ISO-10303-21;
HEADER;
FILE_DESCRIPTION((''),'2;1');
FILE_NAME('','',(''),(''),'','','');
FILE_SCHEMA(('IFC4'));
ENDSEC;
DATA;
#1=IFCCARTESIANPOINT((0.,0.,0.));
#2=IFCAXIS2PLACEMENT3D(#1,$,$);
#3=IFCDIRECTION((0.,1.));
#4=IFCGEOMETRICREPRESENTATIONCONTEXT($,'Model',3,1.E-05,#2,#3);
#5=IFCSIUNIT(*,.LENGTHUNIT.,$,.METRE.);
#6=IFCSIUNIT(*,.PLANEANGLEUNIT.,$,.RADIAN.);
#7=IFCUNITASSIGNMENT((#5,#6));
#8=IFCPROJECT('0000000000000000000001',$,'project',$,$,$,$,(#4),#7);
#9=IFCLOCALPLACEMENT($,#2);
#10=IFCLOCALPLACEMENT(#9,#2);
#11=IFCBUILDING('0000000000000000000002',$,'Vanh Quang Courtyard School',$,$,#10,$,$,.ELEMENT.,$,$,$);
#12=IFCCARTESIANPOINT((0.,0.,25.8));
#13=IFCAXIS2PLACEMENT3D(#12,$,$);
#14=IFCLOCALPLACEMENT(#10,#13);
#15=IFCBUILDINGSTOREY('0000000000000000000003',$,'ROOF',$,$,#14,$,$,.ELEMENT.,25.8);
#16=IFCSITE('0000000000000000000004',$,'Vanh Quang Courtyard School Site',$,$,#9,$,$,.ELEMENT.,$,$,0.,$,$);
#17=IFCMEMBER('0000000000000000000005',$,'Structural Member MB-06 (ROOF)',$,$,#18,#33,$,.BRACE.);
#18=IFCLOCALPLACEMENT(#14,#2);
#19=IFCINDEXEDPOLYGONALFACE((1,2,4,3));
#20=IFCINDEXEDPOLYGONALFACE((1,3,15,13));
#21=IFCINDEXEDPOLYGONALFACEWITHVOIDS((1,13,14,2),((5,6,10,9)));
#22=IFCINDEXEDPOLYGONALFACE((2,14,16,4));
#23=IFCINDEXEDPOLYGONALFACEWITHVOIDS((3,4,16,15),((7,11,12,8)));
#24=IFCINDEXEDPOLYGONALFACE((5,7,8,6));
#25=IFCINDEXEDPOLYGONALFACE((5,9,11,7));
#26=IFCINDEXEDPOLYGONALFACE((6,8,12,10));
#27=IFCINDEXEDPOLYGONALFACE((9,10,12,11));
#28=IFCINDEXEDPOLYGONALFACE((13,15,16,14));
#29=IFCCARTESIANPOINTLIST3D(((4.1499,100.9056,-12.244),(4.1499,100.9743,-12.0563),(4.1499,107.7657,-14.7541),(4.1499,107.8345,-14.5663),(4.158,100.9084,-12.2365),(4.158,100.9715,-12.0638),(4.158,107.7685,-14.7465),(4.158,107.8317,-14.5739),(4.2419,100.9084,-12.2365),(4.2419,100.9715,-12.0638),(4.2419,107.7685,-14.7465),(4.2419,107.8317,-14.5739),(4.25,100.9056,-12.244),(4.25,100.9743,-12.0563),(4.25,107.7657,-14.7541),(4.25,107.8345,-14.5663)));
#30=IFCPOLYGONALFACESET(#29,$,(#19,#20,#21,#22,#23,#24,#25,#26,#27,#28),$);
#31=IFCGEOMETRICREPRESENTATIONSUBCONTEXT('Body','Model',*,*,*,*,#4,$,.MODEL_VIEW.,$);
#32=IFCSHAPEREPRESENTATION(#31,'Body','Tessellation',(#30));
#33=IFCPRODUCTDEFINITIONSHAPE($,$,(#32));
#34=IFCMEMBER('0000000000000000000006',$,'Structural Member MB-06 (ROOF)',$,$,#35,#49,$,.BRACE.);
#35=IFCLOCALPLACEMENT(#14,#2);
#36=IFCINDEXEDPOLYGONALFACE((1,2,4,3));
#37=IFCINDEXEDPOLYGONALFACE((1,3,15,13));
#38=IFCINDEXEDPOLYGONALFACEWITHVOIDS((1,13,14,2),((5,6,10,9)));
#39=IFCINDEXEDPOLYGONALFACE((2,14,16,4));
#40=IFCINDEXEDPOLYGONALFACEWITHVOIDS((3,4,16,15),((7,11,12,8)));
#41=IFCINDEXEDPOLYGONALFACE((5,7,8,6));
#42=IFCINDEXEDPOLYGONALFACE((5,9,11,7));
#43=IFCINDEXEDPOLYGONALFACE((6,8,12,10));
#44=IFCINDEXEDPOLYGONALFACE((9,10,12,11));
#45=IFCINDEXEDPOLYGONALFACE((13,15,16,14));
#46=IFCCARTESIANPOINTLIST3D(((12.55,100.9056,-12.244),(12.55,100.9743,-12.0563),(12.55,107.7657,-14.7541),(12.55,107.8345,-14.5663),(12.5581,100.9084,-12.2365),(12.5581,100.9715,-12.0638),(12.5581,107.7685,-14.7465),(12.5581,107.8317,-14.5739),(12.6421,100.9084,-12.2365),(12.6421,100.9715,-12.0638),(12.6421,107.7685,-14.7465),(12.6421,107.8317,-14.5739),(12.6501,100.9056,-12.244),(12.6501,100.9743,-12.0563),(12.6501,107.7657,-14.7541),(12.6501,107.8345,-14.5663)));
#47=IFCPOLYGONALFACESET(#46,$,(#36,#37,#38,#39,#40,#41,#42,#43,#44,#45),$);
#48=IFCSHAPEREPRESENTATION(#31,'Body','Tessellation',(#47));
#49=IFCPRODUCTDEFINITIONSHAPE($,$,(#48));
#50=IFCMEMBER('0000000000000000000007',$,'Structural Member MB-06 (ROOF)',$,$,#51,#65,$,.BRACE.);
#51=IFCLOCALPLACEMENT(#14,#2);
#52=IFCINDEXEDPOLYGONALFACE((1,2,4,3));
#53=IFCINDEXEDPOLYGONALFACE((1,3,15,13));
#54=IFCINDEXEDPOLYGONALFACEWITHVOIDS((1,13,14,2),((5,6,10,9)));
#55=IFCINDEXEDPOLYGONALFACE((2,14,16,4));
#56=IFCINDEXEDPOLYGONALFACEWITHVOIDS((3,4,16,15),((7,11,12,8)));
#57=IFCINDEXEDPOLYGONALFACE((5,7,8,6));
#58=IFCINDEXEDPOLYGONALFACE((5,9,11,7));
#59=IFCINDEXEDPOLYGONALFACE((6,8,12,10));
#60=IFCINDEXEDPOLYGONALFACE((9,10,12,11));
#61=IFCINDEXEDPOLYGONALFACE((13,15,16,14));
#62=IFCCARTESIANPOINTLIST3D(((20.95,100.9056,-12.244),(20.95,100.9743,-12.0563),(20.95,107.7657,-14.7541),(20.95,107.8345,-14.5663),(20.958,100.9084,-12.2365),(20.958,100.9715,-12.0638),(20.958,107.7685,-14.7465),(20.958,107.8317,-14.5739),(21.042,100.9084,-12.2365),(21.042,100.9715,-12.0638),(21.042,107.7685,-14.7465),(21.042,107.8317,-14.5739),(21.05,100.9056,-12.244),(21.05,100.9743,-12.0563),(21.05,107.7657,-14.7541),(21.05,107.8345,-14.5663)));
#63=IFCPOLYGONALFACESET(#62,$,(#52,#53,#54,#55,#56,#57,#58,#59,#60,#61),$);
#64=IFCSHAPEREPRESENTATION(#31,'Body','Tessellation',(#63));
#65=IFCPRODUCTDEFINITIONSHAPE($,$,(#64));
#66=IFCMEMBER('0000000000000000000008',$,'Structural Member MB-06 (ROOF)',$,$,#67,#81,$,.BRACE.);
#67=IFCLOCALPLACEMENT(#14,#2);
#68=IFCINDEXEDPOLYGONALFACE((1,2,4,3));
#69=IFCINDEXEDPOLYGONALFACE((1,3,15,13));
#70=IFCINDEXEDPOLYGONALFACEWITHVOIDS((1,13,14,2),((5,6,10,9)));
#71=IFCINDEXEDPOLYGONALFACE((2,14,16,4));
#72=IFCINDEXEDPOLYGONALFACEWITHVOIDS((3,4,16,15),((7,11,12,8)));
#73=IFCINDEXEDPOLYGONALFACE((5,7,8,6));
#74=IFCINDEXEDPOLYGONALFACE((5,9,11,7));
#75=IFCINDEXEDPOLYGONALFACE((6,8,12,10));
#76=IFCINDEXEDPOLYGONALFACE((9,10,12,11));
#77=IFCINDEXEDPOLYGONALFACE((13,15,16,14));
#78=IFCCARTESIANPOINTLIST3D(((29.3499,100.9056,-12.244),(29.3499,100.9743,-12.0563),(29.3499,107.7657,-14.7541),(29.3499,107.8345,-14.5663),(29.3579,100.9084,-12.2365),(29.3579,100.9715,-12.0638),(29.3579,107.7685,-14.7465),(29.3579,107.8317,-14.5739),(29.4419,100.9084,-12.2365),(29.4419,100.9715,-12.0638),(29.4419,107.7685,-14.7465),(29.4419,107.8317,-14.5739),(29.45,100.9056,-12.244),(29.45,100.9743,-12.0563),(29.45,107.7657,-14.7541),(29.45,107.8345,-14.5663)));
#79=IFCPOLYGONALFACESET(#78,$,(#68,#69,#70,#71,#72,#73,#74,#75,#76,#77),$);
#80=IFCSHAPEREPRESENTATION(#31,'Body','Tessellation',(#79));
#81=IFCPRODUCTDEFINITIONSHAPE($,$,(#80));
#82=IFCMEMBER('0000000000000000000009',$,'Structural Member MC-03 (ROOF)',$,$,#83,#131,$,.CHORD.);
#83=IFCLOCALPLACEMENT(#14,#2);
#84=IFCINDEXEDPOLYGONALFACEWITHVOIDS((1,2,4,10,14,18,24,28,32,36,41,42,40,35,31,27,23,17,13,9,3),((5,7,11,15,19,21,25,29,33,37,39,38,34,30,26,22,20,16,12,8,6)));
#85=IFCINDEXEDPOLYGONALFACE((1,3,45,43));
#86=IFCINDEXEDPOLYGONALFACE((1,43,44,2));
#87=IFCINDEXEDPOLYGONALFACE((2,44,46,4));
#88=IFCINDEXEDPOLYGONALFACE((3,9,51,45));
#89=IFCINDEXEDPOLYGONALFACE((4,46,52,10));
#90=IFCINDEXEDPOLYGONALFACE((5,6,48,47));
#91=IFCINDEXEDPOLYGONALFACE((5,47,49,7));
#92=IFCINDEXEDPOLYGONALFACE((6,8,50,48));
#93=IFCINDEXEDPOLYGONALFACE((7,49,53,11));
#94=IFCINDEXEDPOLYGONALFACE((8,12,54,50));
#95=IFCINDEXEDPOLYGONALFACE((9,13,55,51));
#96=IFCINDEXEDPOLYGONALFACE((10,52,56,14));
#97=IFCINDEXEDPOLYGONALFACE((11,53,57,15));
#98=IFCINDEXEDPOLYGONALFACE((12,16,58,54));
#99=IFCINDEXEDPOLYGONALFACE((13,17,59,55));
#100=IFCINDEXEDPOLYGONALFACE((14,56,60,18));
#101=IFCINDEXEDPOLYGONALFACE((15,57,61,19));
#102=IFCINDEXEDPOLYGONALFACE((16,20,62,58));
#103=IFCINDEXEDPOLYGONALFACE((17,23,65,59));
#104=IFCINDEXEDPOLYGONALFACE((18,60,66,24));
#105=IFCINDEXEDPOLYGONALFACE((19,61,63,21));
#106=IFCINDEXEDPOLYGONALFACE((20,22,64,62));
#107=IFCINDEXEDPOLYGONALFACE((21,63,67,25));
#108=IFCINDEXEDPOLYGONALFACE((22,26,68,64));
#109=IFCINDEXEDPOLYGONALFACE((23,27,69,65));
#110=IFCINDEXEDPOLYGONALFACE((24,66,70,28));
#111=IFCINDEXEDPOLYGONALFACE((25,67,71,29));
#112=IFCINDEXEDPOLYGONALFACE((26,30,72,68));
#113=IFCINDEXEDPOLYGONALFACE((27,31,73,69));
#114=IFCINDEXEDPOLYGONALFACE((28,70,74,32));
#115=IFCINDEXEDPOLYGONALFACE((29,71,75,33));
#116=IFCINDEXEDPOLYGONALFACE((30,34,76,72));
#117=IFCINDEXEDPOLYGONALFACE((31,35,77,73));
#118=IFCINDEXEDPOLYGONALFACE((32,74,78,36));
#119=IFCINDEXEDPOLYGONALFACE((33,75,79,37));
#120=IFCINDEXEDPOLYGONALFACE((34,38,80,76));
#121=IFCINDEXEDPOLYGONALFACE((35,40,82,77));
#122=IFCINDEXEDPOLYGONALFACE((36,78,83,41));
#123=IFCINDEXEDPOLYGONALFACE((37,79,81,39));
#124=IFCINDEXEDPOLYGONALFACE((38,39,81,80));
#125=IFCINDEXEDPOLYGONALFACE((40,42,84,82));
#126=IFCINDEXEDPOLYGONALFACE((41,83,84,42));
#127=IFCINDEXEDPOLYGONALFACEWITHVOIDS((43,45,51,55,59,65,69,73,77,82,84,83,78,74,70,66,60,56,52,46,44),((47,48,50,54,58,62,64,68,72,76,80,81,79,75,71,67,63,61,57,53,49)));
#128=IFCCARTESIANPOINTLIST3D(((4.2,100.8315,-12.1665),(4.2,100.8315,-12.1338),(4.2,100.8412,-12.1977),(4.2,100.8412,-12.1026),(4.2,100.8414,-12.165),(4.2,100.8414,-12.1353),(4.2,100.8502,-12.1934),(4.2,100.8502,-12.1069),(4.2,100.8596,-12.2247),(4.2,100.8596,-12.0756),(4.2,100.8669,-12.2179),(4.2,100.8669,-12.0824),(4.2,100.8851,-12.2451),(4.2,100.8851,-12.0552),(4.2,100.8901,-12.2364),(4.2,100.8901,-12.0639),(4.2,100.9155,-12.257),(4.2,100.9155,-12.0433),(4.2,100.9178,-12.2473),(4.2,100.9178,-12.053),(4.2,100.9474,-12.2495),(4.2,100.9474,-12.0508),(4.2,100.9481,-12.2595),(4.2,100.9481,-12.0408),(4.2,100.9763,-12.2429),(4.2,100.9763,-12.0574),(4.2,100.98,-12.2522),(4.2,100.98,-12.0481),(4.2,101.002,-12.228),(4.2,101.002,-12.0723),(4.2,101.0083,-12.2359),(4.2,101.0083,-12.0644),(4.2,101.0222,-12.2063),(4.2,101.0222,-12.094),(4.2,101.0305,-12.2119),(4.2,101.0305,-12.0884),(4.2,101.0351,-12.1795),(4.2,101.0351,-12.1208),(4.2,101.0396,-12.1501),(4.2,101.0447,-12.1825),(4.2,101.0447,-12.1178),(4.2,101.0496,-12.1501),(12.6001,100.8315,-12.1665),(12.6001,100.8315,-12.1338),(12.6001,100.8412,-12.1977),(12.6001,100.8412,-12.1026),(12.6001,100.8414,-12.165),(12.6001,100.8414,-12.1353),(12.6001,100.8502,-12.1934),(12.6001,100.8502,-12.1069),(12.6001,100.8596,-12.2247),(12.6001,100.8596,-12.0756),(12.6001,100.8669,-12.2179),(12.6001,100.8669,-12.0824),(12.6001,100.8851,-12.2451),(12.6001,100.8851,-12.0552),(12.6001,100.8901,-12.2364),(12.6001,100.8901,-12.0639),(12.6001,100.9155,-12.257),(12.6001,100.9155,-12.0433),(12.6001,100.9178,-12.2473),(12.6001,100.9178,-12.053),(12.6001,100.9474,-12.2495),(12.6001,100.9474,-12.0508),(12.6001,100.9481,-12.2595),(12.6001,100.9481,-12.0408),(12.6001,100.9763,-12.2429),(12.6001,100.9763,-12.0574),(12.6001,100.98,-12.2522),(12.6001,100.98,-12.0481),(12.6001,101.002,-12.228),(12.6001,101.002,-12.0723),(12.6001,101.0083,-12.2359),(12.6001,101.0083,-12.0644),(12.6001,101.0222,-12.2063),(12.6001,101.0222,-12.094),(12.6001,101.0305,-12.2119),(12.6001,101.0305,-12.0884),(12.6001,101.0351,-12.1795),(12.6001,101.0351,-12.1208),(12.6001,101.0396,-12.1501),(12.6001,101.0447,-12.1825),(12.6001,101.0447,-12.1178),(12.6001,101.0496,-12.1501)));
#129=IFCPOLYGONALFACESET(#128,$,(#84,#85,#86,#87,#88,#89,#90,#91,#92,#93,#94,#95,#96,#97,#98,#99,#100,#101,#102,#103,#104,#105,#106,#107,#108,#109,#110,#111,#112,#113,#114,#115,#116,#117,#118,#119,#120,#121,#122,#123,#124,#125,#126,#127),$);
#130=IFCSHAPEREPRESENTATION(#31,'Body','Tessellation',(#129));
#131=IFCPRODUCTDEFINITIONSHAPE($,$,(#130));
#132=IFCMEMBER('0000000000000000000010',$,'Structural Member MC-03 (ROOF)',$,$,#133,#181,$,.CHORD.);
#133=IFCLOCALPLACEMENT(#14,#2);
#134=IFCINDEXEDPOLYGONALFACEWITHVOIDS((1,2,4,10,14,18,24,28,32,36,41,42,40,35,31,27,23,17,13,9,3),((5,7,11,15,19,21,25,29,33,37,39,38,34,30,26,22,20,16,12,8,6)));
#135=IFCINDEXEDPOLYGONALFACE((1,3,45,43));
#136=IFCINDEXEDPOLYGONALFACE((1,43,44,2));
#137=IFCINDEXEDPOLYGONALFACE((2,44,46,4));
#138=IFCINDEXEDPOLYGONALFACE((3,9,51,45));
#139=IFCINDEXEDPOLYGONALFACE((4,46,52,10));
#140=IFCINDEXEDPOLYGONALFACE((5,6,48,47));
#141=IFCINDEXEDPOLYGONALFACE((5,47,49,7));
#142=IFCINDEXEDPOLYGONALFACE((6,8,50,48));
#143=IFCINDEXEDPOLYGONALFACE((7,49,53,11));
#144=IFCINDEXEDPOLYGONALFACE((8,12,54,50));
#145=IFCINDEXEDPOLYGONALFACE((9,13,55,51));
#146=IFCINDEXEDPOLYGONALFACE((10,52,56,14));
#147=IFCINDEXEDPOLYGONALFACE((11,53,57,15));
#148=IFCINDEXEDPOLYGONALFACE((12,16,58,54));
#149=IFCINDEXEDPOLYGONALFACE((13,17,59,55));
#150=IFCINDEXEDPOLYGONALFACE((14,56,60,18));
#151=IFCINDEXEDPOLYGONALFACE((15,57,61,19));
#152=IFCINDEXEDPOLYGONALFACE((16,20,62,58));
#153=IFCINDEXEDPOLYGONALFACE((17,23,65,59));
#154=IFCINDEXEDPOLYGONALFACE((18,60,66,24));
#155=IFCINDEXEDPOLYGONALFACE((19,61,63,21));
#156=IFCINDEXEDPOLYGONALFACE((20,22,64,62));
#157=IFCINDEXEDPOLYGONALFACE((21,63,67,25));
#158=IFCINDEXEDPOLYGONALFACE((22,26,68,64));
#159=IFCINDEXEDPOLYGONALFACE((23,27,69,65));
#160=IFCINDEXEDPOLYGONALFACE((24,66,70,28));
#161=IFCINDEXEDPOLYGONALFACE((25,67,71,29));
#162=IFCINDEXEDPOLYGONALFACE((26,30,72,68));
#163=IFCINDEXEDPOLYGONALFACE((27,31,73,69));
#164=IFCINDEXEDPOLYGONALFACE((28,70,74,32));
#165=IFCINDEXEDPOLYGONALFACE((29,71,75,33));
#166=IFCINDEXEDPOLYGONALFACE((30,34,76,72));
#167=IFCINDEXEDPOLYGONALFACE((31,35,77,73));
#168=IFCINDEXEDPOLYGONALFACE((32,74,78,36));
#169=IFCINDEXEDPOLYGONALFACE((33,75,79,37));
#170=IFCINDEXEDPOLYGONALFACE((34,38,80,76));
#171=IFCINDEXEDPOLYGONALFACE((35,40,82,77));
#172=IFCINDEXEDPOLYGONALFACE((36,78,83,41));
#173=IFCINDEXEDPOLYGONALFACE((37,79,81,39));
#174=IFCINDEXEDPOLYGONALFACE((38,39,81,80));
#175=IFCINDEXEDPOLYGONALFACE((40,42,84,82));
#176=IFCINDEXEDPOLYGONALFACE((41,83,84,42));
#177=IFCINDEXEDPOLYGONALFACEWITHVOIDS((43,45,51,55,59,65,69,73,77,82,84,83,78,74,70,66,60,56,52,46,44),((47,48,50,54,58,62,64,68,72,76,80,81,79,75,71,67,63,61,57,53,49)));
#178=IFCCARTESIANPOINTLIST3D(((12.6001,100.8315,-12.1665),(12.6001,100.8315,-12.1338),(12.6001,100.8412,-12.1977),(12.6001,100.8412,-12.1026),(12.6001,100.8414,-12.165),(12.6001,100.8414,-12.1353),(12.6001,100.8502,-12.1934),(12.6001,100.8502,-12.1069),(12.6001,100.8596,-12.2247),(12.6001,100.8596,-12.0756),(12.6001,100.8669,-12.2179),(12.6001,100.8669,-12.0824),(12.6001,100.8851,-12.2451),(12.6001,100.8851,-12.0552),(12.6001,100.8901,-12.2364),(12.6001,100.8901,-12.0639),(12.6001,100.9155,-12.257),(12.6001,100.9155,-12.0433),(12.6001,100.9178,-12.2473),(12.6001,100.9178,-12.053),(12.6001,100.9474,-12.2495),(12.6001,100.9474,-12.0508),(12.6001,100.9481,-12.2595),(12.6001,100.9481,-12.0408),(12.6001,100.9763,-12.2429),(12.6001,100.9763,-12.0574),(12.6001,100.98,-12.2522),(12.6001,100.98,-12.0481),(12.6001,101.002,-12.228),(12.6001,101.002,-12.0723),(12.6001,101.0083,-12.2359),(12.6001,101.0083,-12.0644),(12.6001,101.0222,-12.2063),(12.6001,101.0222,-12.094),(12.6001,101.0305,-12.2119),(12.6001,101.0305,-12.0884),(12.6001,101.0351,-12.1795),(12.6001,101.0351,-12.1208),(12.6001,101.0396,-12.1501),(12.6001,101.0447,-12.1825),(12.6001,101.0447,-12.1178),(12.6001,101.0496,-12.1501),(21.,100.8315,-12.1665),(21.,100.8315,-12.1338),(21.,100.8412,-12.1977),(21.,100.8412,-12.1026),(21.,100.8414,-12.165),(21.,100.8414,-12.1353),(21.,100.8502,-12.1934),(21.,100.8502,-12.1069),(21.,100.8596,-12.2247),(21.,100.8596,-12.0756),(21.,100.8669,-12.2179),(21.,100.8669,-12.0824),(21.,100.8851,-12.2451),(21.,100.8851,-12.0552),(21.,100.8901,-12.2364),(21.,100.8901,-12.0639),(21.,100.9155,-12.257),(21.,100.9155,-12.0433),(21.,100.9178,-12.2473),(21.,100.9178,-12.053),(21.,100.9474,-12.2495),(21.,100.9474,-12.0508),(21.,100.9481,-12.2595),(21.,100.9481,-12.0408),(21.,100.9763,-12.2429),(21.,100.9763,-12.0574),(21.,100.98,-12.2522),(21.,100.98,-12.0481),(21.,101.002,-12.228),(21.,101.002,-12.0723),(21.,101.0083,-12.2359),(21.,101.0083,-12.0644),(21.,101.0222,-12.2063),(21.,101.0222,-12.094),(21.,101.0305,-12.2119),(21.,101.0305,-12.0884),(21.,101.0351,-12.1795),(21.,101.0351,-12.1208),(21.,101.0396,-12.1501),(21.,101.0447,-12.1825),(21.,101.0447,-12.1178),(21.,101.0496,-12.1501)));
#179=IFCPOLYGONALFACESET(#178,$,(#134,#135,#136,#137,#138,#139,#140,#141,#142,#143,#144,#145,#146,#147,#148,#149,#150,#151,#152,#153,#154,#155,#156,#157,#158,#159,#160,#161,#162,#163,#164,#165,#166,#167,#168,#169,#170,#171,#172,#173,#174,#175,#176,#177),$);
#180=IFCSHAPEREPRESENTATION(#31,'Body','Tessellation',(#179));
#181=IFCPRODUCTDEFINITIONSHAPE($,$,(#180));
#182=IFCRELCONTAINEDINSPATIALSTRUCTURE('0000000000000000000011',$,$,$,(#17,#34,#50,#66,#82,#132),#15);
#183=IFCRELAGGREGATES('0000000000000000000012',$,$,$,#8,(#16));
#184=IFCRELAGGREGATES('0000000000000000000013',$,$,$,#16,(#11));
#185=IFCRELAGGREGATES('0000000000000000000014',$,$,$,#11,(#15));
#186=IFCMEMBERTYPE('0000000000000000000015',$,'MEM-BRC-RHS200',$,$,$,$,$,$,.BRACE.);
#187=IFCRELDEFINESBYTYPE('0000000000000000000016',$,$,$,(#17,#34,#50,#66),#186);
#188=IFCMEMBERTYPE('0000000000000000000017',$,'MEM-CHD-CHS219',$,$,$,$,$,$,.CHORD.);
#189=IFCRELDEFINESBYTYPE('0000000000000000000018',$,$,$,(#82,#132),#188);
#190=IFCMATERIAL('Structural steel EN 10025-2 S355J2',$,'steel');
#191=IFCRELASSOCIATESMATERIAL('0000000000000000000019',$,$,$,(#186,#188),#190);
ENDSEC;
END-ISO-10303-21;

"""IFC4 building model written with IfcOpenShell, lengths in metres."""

from ifc_helpers import new_model, si_unit, direction, frame, origin, origin_2d, place, context, subcontext, project, spatial, hollow_rectangle, hollow_circle, extrude, material, material_profile, profile_set, type_object, element, save


model = new_model("IFC4")

# Units and contexts
model_context = context("Model", 3, precision=1e-05, world=origin(), true_north=direction((0.0, 1.0)))
body_context = subcontext(model_context, "Body", "Model", "MODEL_VIEW")
ifc_project = project(units=[si_unit("LENGTHUNIT", "METRE"), si_unit("PLANEANGLEUNIT", "RADIAN")], contexts=[model_context])

# Site, building, storey
site_placement = place(None, origin())
site = spatial("IfcSite", under=ifc_project, at=site_placement, Name="Vanh Quang Courtyard School Site", CompositionType="ELEMENT", RefElevation=0.0)
building_placement = place(site_placement, origin())
building = spatial("IfcBuilding", under=site, at=building_placement, Name="Vanh Quang Courtyard School", CompositionType="ELEMENT")
storey_placement = place(building_placement, frame((0.0, 0.0, 25.8)))
storey = spatial("IfcBuildingStorey", under=building, at=storey_placement, Name="ROOF", CompositionType="ELEMENT", Elevation=25.8)

# Members
ifc_material_1 = material(Name="Structural steel EN 10025-2 S355J2", Category="steel")
ifc_material_profile_1 = material_profile(ifc_material_1, hollow_rectangle(XDim=0.1001, YDim=0.2, WallThickness=0.0081, at=origin_2d()), Name="RHS 200x100x8")
ifc_profile_set_1 = profile_set([ifc_material_profile_1], Name="Structural steel EN 10025-2 S355J2")
member_type_1 = type_object("IfcMemberType", Name="MEM-BRC-RHS200", PredefinedType="BRACE", material=ifc_profile_set_1)
for number, where, z_axis, x_axis, name in (
    (1, (4.2, 100.9399, -12.1501), (0.0, 0.939113, -0.343607), (-1.0, 0.0, 0.0), "Structural Member MB-06 (ROOF)"),
    (2, (12.6001, 100.9399, -12.1501), (0.0, 0.939113, -0.343607), (-1.0, 0.0, 0.0), "Structural Member MB-06 (ROOF)"),
    (3, (21.0, 100.9399, -12.1501), (0.0, 0.939113, -0.343607), (-1.0, 0.0, 0.0), "Structural Member MB-06 (ROOF)"),
    (4, (29.3999, 100.9399, -12.1501), (0.0, 0.939113, -0.343607), (-1.0, 0.0, 0.0), "Structural Member MB-06 (ROOF)"),
):
    element("IfcMember", number, at=place(storey_placement, frame(where, z_axis=z_axis, x_axis=x_axis)), inside=storey, type_object=member_type_1, Name=name, PredefinedType="BRACE", context=body_context, shape_type="SweptSolid", body=[
        extrude(hollow_rectangle(XDim=0.1001, YDim=0.2, WallThickness=0.0081, at=origin_2d()), origin(), (0.0, 0.0, 1.0), 7.3049),
    ])
ifc_material_profile_2 = material_profile(ifc_material_1, hollow_circle(Radius=0.1096, WallThickness=0.01, at=origin_2d()), Name="CHS 219.1x10")
ifc_profile_set_2 = profile_set([ifc_material_profile_2], Name="Structural steel EN 10025-2 S355J2")
member_type_2 = type_object("IfcMemberType", Name="MEM-CHD-CHS219", PredefinedType="CHORD", material=ifc_profile_set_2)
member_1_placement = place(storey_placement, frame((4.2, 100.9399, -12.1501), z_axis=(1.0, 0.0, 0.0), x_axis=(0.0, 1.0, 0.0)))
element("IfcMember", 5, at=member_1_placement, inside=storey, type_object=member_type_2, Name="Structural Member MC-03 (ROOF)", PredefinedType="CHORD", context=body_context, shape_type="SweptSolid", body=[
    extrude(hollow_circle(Radius=0.1096, WallThickness=0.01, at=origin_2d()), origin(), (0.0, 0.0, 1.0), 8.4001),
])
for number, where, z_axis, x_axis, name in (
    (6, (12.6001, 100.9399, -12.1501), (1.0, 0.0, 0.0), (0.0, 1.0, 0.0), "Structural Member MC-03 (ROOF)"),
):
    element("IfcMember", number, at=place(storey_placement, frame(where, z_axis=z_axis, x_axis=x_axis)), inside=storey, type_object=member_type_2, Name=name, PredefinedType="CHORD", context=body_context, shape_type="SweptSolid", body=[
        extrude(hollow_circle(Radius=0.1096, WallThickness=0.01, at=origin_2d()), origin(), (0.0, 0.0, 1.0), 8.3999),
    ])

save(model, "model.ifc")
